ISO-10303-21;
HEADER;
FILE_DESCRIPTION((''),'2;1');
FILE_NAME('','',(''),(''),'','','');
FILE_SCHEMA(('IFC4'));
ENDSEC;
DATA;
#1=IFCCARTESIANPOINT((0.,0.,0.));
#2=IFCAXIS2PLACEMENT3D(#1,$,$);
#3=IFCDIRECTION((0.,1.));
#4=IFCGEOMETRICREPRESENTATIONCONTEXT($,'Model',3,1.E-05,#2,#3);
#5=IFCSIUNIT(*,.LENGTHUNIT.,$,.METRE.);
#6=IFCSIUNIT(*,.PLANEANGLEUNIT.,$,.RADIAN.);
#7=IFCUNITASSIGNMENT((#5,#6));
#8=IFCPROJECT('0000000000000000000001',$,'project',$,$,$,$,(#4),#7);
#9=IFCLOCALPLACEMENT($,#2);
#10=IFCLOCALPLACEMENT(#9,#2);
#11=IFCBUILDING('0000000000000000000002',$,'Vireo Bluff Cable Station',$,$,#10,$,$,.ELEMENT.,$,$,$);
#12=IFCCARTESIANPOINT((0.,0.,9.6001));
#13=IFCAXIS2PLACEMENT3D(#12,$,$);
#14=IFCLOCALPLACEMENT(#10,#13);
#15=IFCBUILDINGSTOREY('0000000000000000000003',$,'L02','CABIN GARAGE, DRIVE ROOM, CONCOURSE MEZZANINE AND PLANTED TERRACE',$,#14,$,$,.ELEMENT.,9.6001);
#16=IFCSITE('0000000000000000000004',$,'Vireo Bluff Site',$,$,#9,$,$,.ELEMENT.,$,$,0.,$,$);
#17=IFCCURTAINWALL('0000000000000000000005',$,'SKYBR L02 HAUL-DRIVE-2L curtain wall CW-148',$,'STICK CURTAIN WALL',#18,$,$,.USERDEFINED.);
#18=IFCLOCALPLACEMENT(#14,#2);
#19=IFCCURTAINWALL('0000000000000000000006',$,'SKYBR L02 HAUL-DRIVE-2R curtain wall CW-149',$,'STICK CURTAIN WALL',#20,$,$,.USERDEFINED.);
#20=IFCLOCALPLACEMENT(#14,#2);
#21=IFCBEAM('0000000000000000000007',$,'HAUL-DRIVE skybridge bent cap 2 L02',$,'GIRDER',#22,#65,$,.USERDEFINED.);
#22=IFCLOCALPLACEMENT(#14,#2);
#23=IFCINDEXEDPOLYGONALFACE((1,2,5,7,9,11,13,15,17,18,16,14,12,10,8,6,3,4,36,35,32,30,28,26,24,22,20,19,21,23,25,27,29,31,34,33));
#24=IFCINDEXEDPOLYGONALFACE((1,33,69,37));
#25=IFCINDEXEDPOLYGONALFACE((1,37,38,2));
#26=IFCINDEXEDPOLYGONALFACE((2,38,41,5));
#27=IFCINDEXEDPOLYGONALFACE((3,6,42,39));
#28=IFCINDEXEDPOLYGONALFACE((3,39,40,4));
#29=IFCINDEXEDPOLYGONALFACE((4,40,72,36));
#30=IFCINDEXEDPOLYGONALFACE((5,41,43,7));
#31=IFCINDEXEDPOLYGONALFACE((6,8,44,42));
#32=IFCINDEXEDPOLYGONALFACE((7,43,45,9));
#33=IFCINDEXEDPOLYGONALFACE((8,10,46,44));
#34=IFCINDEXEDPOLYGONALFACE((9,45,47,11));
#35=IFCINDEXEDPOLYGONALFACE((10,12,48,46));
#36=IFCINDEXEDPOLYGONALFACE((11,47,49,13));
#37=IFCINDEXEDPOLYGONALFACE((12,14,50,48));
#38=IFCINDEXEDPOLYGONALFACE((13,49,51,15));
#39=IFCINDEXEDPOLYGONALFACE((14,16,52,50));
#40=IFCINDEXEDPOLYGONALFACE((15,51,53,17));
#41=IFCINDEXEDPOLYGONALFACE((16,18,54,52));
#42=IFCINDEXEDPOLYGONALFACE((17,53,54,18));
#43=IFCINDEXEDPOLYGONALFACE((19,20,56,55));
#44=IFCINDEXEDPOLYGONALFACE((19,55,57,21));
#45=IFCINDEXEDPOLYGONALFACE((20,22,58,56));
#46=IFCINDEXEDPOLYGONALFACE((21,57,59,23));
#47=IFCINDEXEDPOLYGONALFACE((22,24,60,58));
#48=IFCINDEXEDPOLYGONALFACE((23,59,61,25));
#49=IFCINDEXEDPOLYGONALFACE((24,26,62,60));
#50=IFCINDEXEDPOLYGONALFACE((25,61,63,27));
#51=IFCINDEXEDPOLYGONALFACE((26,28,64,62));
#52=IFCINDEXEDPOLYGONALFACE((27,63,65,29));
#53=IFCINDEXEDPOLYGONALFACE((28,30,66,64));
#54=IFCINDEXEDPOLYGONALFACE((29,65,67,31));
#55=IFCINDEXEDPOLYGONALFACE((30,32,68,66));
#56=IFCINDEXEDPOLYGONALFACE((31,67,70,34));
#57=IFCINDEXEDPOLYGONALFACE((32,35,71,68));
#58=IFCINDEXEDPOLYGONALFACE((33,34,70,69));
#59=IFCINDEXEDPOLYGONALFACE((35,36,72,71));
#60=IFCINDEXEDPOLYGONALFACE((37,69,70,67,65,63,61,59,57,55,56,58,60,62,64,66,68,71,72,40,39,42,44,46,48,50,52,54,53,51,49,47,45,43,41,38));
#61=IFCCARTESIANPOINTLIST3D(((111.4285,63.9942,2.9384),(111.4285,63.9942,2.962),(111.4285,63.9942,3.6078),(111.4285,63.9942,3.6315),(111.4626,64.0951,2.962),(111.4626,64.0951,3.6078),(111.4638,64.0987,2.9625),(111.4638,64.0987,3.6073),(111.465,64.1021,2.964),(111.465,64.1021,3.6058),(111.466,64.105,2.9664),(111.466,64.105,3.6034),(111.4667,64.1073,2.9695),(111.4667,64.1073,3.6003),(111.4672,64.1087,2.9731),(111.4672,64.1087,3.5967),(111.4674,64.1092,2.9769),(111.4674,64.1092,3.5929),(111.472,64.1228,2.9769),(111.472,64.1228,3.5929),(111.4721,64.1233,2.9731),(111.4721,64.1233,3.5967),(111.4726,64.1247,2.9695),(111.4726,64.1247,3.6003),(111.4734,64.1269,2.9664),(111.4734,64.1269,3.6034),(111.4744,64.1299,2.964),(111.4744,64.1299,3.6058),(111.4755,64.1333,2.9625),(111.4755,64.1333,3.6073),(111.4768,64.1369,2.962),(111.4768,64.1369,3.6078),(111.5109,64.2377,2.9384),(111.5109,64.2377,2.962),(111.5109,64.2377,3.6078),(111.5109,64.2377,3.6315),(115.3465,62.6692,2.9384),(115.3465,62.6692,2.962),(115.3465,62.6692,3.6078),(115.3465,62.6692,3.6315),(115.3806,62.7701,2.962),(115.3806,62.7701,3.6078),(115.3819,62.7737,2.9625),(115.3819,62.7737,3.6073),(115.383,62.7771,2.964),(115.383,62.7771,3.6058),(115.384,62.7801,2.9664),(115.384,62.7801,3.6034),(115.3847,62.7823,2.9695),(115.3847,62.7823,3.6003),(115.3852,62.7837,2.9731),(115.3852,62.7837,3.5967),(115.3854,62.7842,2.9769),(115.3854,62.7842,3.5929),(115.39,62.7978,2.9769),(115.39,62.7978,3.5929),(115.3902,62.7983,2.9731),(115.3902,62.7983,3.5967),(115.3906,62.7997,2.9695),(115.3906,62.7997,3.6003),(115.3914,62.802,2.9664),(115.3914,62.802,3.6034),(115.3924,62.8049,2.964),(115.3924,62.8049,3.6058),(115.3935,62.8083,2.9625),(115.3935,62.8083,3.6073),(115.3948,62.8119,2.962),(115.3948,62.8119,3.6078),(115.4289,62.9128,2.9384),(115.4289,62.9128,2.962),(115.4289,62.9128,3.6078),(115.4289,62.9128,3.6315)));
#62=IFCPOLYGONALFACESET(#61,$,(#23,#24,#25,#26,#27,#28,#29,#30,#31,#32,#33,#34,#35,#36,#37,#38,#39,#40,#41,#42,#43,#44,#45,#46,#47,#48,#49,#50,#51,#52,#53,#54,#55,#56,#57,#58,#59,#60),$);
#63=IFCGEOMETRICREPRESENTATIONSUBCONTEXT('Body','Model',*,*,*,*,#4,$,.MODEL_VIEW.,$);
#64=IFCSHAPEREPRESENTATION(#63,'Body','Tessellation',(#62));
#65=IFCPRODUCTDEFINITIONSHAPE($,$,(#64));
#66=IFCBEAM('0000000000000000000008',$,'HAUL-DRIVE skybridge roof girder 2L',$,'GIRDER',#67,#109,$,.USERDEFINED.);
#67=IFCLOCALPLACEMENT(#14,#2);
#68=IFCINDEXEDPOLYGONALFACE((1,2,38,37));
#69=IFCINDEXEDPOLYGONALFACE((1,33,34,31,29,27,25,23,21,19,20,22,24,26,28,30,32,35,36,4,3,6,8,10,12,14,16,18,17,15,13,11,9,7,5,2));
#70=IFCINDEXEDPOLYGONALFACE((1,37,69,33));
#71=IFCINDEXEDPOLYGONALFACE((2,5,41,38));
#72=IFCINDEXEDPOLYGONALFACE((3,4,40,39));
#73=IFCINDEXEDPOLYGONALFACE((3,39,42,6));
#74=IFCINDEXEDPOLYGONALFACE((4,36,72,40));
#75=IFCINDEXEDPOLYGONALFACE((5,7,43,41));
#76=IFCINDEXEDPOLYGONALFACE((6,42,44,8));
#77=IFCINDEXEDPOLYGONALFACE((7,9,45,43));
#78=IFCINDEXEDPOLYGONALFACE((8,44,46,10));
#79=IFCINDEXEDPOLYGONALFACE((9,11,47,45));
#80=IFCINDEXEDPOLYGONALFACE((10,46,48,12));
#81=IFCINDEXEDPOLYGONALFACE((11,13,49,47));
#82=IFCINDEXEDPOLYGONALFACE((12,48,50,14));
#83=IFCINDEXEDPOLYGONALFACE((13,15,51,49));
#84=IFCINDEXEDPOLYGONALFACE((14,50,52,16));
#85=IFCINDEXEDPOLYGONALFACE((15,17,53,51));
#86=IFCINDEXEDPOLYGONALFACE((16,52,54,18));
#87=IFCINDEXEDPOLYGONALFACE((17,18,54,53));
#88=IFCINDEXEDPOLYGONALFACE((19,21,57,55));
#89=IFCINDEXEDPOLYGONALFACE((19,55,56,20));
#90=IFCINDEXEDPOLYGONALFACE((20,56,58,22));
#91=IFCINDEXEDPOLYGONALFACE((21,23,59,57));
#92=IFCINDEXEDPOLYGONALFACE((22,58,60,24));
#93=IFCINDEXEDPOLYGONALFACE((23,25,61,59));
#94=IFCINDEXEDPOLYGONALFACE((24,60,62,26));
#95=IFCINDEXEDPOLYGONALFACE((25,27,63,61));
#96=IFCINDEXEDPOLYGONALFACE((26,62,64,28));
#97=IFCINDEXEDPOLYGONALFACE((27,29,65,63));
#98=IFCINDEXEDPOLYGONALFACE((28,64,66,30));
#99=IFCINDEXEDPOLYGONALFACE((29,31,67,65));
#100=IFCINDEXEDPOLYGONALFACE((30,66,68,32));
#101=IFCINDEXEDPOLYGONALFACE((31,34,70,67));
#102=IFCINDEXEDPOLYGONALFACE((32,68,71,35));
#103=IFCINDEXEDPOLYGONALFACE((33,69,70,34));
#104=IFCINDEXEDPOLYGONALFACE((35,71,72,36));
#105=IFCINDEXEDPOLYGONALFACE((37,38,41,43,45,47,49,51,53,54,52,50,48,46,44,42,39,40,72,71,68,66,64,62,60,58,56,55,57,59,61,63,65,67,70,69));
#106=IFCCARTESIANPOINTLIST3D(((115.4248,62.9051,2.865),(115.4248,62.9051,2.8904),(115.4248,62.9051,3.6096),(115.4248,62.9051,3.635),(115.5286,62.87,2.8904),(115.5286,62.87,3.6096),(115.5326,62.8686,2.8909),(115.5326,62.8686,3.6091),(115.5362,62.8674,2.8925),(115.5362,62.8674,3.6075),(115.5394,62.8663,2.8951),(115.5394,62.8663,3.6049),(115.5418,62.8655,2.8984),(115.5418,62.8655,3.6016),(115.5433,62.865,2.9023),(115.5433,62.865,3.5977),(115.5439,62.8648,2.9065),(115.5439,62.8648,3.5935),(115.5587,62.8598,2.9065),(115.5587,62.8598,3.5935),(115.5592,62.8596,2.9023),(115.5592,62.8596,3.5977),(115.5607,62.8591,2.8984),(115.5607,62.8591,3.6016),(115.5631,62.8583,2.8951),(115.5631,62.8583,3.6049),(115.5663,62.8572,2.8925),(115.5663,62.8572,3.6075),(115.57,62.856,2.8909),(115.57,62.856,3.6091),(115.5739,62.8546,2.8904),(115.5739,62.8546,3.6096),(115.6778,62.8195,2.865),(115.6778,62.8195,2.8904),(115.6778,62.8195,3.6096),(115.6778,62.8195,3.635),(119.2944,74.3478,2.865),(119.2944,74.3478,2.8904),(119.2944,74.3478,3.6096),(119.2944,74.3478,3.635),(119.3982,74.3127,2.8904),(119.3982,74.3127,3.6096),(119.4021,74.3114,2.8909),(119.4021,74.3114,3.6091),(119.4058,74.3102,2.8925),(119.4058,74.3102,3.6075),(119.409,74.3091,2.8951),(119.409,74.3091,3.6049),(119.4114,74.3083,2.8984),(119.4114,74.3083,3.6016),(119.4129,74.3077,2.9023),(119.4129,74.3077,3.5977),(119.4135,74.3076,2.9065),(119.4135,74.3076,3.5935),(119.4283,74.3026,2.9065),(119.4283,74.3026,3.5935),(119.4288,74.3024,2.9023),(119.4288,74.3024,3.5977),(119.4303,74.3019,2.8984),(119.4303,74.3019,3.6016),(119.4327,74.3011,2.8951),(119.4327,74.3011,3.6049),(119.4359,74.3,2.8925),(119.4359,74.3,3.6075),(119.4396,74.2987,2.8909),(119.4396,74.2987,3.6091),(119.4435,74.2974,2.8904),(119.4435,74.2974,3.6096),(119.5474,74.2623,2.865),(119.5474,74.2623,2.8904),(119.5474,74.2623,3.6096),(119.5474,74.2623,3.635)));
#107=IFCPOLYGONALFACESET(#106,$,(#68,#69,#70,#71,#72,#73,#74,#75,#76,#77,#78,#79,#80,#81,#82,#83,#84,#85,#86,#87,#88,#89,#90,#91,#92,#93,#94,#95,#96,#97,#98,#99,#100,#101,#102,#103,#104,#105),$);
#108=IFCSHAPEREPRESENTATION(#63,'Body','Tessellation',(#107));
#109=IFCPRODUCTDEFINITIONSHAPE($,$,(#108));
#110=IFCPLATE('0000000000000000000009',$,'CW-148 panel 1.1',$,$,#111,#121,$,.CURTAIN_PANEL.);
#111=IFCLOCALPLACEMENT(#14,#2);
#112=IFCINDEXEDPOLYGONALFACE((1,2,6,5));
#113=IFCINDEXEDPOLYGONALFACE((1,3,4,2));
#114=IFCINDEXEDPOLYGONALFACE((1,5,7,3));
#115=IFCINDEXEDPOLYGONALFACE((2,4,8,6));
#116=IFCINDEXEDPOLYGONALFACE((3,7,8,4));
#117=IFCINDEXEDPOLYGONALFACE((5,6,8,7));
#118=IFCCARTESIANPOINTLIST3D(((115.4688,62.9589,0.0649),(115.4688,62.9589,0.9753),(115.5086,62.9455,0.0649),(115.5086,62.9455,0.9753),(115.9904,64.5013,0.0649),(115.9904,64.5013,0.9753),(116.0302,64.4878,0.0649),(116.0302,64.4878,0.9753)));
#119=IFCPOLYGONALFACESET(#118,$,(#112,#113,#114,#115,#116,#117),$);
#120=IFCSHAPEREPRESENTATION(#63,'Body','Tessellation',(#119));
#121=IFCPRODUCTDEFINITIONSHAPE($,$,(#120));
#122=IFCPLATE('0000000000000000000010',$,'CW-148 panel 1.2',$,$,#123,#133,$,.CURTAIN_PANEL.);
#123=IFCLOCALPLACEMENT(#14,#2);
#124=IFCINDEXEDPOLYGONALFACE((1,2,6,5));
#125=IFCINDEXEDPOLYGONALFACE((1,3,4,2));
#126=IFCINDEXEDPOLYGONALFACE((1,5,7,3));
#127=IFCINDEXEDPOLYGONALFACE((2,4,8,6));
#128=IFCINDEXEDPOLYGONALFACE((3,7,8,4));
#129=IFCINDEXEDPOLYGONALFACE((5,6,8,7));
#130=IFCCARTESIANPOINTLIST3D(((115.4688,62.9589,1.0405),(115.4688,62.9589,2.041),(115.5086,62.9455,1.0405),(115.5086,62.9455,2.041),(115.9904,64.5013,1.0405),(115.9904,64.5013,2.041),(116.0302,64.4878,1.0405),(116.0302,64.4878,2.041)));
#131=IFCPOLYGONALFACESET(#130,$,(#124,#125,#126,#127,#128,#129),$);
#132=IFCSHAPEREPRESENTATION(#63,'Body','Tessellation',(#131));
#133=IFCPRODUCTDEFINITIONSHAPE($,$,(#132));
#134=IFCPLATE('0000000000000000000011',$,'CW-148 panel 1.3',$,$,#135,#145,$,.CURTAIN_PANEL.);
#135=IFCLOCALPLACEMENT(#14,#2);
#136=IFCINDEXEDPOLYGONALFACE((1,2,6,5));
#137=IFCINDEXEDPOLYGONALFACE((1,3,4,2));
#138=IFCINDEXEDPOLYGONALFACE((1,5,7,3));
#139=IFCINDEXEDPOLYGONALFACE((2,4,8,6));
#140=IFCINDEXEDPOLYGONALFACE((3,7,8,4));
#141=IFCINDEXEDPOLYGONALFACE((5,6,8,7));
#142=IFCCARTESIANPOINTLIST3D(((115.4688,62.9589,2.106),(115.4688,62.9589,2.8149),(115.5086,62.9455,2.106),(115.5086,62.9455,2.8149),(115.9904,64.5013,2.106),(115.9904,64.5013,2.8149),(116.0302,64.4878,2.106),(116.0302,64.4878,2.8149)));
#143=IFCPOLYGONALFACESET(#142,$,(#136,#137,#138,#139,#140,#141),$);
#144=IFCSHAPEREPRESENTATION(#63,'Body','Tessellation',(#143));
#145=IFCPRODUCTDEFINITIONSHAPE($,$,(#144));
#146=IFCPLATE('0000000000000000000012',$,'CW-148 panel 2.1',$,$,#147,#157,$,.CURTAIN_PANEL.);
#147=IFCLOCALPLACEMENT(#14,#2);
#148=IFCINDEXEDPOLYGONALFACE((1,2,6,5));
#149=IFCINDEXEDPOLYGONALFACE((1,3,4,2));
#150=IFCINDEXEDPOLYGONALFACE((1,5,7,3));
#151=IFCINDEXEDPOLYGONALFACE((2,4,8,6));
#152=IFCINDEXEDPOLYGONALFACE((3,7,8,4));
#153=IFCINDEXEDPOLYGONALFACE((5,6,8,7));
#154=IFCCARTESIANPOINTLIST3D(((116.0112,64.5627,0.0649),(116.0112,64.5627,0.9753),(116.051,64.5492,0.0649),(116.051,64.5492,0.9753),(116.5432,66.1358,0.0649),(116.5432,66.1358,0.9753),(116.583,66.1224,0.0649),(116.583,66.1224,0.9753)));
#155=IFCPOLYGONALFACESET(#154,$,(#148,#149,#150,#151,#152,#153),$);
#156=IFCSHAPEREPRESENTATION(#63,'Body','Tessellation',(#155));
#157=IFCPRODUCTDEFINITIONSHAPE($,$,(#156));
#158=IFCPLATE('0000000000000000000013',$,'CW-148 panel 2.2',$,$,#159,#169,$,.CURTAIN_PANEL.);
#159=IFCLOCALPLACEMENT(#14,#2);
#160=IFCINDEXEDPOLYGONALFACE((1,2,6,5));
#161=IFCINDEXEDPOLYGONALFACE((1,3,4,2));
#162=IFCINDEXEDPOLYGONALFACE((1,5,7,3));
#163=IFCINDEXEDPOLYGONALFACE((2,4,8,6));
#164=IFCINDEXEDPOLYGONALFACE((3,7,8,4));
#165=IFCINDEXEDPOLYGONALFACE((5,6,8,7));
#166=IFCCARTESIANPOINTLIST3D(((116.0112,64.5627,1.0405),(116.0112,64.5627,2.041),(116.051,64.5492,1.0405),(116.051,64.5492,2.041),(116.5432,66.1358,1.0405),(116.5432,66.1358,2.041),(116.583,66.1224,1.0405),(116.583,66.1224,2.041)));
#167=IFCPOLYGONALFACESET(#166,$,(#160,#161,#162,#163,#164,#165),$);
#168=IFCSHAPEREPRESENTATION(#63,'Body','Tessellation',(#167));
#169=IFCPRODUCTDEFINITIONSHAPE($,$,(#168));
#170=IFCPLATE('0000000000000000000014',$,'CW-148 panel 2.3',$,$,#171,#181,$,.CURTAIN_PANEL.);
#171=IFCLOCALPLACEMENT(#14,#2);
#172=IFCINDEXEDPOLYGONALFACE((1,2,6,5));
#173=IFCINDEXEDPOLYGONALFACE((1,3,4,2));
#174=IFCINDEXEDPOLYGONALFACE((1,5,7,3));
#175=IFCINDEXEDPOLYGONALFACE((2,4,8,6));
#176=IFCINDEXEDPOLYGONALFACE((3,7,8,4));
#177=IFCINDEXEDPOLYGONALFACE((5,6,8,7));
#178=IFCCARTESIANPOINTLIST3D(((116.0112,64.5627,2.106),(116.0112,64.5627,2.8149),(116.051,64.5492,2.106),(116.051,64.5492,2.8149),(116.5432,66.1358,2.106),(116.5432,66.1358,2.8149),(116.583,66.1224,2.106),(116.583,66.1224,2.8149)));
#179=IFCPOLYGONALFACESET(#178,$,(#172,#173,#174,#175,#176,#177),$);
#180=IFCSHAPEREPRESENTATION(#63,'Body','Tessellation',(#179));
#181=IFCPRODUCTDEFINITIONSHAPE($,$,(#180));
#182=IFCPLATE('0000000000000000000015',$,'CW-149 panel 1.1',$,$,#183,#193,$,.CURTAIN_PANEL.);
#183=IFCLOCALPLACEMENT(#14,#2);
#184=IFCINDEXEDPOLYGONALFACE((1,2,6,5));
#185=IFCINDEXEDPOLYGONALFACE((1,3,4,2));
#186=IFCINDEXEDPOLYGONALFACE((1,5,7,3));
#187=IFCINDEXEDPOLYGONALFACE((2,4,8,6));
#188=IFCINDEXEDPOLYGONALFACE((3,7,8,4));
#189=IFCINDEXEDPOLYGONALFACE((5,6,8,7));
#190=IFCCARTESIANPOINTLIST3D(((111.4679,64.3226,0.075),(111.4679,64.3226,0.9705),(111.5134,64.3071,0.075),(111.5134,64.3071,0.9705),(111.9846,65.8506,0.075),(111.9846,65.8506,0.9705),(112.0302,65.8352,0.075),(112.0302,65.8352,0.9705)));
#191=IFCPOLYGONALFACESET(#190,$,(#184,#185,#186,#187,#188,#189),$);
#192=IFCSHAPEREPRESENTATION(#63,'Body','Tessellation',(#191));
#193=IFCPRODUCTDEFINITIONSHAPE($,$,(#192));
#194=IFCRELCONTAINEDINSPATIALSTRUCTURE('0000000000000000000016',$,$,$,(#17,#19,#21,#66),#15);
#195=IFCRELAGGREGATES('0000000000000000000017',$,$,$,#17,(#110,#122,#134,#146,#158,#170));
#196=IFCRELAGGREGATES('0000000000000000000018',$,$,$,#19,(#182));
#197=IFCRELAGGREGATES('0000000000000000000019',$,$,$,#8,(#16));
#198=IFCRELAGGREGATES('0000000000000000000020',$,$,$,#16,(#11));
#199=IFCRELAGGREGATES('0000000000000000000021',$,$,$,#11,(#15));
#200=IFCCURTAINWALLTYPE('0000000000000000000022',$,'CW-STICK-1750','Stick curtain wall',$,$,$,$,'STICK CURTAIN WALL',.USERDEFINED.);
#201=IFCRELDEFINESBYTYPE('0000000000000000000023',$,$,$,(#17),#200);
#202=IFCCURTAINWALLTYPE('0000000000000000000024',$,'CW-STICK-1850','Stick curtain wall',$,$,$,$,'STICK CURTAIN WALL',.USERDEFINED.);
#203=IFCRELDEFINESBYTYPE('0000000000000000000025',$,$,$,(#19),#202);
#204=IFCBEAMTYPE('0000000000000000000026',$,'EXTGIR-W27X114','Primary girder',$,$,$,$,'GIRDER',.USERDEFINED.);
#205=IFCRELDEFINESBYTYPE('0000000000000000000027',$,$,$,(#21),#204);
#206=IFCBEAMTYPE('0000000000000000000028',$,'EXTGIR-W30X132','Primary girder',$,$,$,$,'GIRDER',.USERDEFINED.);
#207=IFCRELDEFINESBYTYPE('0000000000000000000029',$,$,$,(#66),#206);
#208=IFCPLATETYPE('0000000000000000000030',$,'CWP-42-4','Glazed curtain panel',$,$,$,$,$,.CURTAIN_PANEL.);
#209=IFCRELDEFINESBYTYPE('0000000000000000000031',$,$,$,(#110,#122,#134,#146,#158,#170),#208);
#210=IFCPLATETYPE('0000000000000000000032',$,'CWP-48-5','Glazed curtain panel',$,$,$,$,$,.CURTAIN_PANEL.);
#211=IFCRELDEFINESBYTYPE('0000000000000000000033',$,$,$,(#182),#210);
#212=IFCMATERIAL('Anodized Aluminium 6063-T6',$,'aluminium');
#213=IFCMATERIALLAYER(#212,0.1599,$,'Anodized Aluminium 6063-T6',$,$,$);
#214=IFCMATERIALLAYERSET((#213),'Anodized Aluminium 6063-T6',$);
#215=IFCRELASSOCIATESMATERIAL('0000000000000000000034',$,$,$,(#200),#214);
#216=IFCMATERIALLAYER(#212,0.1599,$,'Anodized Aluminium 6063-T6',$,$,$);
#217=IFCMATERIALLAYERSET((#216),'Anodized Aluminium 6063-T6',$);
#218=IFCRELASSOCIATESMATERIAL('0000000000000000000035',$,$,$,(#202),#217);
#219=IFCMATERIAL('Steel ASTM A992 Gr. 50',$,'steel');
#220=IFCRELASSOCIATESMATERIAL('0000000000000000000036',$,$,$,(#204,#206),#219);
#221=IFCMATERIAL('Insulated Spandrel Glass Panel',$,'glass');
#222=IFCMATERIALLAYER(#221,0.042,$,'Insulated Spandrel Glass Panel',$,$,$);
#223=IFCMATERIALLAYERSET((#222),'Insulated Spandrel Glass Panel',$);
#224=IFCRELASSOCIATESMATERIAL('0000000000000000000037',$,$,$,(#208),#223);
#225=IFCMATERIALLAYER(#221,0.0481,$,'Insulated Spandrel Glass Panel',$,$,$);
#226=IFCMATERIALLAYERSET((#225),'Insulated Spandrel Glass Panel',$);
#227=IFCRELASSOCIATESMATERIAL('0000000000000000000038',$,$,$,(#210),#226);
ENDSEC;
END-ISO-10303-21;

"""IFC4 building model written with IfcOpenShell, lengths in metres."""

from ifc_helpers import new_model, si_unit, direction, frame, origin, origin_2d, place, context, subcontext, project, spatial, rectangle, i_section, extrude, material, layer, layer_set, material_profile, profile_set, type_object, element, aggregate, save


model = new_model("IFC4")

# Units and contexts
model_context = context("Model", 3, precision=1e-05, world=origin(), true_north=direction((0.0, 1.0)))
body_context = subcontext(model_context, "Body", "Model", "MODEL_VIEW")
ifc_project = project(units=[si_unit("LENGTHUNIT", "METRE"), si_unit("PLANEANGLEUNIT", "RADIAN")], contexts=[model_context])

# Site, building, storey
site_placement = place(None, origin())
site = spatial("IfcSite", under=ifc_project, at=site_placement, Name="Vireo Bluff Site", CompositionType="ELEMENT", RefElevation=0.0)
building_placement = place(site_placement, origin())
building = spatial("IfcBuilding", under=site, at=building_placement, Name="Vireo Bluff Cable Station", CompositionType="ELEMENT")
storey_placement = place(building_placement, frame((0.0, 0.0, 9.6001)))
storey = spatial("IfcBuildingStorey", under=building, at=storey_placement, Name="L02", Description="CABIN GARAGE, DRIVE ROOM, CONCOURSE MEZZANINE AND PLANTED TERRACE", CompositionType="ELEMENT", Elevation=9.6001)

# Curtain wall
ifc_material_1 = material(Name="Anodized Aluminium 6063-T6", Category="aluminium")
ifc_layer_1 = layer(ifc_material_1, 0.1599, Name="Anodized Aluminium 6063-T6")
ifc_layer_set_1 = layer_set([ifc_layer_1], Name="Anodized Aluminium 6063-T6")
curtain_wall_type_1 = type_object("IfcCurtainWallType", Name="CW-STICK-1750", Description="Stick curtain wall", ElementType="STICK CURTAIN WALL", PredefinedType="USERDEFINED", material=ifc_layer_set_1)
curtain_wall_1_placement = place(storey_placement, origin())
curtain_wall_1 = element("IfcCurtainWall", 1, at=curtain_wall_1_placement, inside=storey, type_object=curtain_wall_type_1, Name="SKYBR L02 HAUL-DRIVE-2L curtain wall CW-148", ObjectType="STICK CURTAIN WALL", PredefinedType="USERDEFINED")

# Curtain wall
ifc_layer_2 = layer(ifc_material_1, 0.1599, Name="Anodized Aluminium 6063-T6")
ifc_layer_set_2 = layer_set([ifc_layer_2], Name="Anodized Aluminium 6063-T6")
curtain_wall_type_2 = type_object("IfcCurtainWallType", Name="CW-STICK-1850", Description="Stick curtain wall", ElementType="STICK CURTAIN WALL", PredefinedType="USERDEFINED", material=ifc_layer_set_2)
curtain_wall_2_placement = place(storey_placement, origin())
curtain_wall_2 = element("IfcCurtainWall", 2, at=curtain_wall_2_placement, inside=storey, type_object=curtain_wall_type_2, Name="SKYBR L02 HAUL-DRIVE-2R curtain wall CW-149", ObjectType="STICK CURTAIN WALL", PredefinedType="USERDEFINED")

# Beams
ifc_material_2 = material(Name="Steel ASTM A992 Gr. 50", Category="steel")
ifc_material_profile_1 = material_profile(ifc_material_2, i_section(OverallWidth=0.2571, OverallDepth=0.6931, WebThickness=0.0144, FlangeThickness=0.0237, FilletRadius=0.0149, at=origin_2d()), Name="W27X114")
ifc_profile_set_1 = profile_set([ifc_material_profile_1], Name="Steel ASTM A992 Gr. 50")
beam_type_1 = type_object("IfcBeamType", Name="EXTGIR-W27X114", Description="Primary girder", ElementType="GIRDER", PredefinedType="USERDEFINED", material=ifc_profile_set_1)
beam_1_placement = place(storey_placement, frame((115.3877, 62.791, 3.2849), z_axis=(-0.947299, 0.320351, 0.0), x_axis=(-0.320351, -0.947299, 0.0)))
element("IfcBeam", 3, at=beam_1_placement, inside=storey, type_object=beam_type_1, Name="HAUL-DRIVE skybridge bent cap 2 L02", ObjectType="GIRDER", PredefinedType="USERDEFINED", context=body_context, shape_type="SweptSolid", body=[
    extrude(i_section(OverallWidth=0.2571, OverallDepth=0.6931, WebThickness=0.0144, FlangeThickness=0.0237, FilletRadius=0.0149, at=origin_2d()), origin(), (0.0, 0.0, 1.0), 4.136),
])
ifc_material_profile_2 = material_profile(ifc_material_2, i_section(OverallWidth=0.2671, OverallDepth=0.77, WebThickness=0.0156, FlangeThickness=0.0254, FilletRadius=0.0161, at=origin_2d()), Name="W30X132")
ifc_profile_set_2 = profile_set([ifc_material_profile_2], Name="Steel ASTM A992 Gr. 50")
beam_type_2 = type_object("IfcBeamType", Name="EXTGIR-W30X132", Description="Primary girder", ElementType="GIRDER", PredefinedType="USERDEFINED", material=ifc_profile_set_2)
beam_2_placement = place(storey_placement, frame((115.5513, 62.8623, 3.25), z_axis=(0.320348, 0.9473, 0.0), x_axis=(-0.9473, 0.320348, 0.0)))
element("IfcBeam", 4, at=beam_2_placement, inside=storey, type_object=beam_type_2, Name="HAUL-DRIVE skybridge roof girder 2L", ObjectType="GIRDER", PredefinedType="USERDEFINED", context=body_context, shape_type="SweptSolid", body=[
    extrude(i_section(OverallWidth=0.2671, OverallDepth=0.77, WebThickness=0.0156, FlangeThickness=0.0254, FilletRadius=0.0161, at=origin_2d()), origin(), (0.0, 0.0, 1.0), 12.0793),
])

# Plates
ifc_material_3 = material(Name="Insulated Spandrel Glass Panel", Category="glass")
ifc_layer_3 = layer(ifc_material_3, 0.042, Name="Insulated Spandrel Glass Panel")
ifc_layer_set_3 = layer_set([ifc_layer_3], Name="Insulated Spandrel Glass Panel")
plate_type_1 = type_object("IfcPlateType", Name="CWP-42-4", Description="Glazed curtain panel", PredefinedType="CURTAIN_PANEL", material=ifc_layer_set_3)
plate_1_placement = place(storey_placement, frame((115.7495, 63.7234, 0.0649), z_axis=(0.0, 0.0, 1.0), x_axis=(0.320362, 0.947295, 0.0)))
plate_1 = element("IfcPlate", 5, at=plate_1_placement, type_object=plate_type_1, Name="CW-148 panel 1.1", PredefinedType="CURTAIN_PANEL", context=body_context, shape_type="SweptSolid", body=[
    extrude(rectangle(XDim=1.6282, YDim=0.042, at=origin_2d()), origin(), (0.0, 0.0, 1.0), 0.9104),
])
plate_2_placement = place(storey_placement, frame((115.7495, 63.7234, 1.0405), z_axis=(0.0, 0.0, 1.0), x_axis=(0.320362, 0.947295, 0.0)))
plate_2 = element("IfcPlate", 6, at=plate_2_placement, type_object=plate_type_1, Name="CW-148 panel 1.2", PredefinedType="CURTAIN_PANEL", context=body_context, shape_type="SweptSolid", body=[
    extrude(rectangle(XDim=1.6282, YDim=0.042, at=origin_2d()), origin(), (0.0, 0.0, 1.0), 1.0005),
])
plate_3_placement = place(storey_placement, frame((115.7495, 63.7234, 2.106), z_axis=(0.0, 0.0, 1.0), x_axis=(0.320362, 0.947295, 0.0)))
plate_3 = element("IfcPlate", 7, at=plate_3_placement, type_object=plate_type_1, Name="CW-148 panel 1.3", PredefinedType="CURTAIN_PANEL", context=body_context, shape_type="SweptSolid", body=[
    extrude(rectangle(XDim=1.6282, YDim=0.042, at=origin_2d()), origin(), (0.0, 0.0, 1.0), 0.709),
])
plate_4_placement = place(storey_placement, frame((116.2971, 65.3425, 0.0649), z_axis=(0.0, 0.0, 1.0), x_axis=(0.320362, 0.947295, 0.0)))
plate_4 = element("IfcPlate", 8, at=plate_4_placement, type_object=plate_type_1, Name="CW-148 panel 2.1", PredefinedType="CURTAIN_PANEL", context=body_context, shape_type="SweptSolid", body=[
    extrude(rectangle(XDim=1.6606, YDim=0.042, at=origin_2d()), origin(), (0.0, 0.0, 1.0), 0.9104),
])
plate_5_placement = place(storey_placement, frame((116.2971, 65.3425, 1.0405), z_axis=(0.0, 0.0, 1.0), x_axis=(0.320362, 0.947295, 0.0)))
plate_5 = element("IfcPlate", 9, at=plate_5_placement, type_object=plate_type_1, Name="CW-148 panel 2.2", PredefinedType="CURTAIN_PANEL", context=body_context, shape_type="SweptSolid", body=[
    extrude(rectangle(XDim=1.6606, YDim=0.042, at=origin_2d()), origin(), (0.0, 0.0, 1.0), 1.0005),
])
plate_6_placement = place(storey_placement, frame((116.2971, 65.3425, 2.106), z_axis=(0.0, 0.0, 1.0), x_axis=(0.320362, 0.947295, 0.0)))
plate_6 = element("IfcPlate", 10, at=plate_6_placement, type_object=plate_type_1, Name="CW-148 panel 2.3", PredefinedType="CURTAIN_PANEL", context=body_context, shape_type="SweptSolid", body=[
    extrude(rectangle(XDim=1.6606, YDim=0.042, at=origin_2d()), origin(), (0.0, 0.0, 1.0), 0.709),
])
aggregate(curtain_wall_1, [plate_1, plate_2, plate_3, plate_4, plate_5, plate_6])
ifc_layer_4 = layer(ifc_material_3, 0.0481, Name="Insulated Spandrel Glass Panel")
ifc_layer_set_4 = layer_set([ifc_layer_4], Name="Insulated Spandrel Glass Panel")
plate_type_2 = type_object("IfcPlateType", Name="CWP-48-5", Description="Glazed curtain panel", PredefinedType="CURTAIN_PANEL", material=ifc_layer_set_4)
plate_7_placement = place(storey_placement, frame((111.749, 65.0789, 0.075), z_axis=(0.0, 0.0, 1.0), x_axis=(0.320362, 0.947295, 0.0)))
plate_7 = element("IfcPlate", 11, at=plate_7_placement, type_object=plate_type_2, Name="CW-149 panel 1.1", PredefinedType="CURTAIN_PANEL", context=body_context, shape_type="SweptSolid", body=[
    extrude(rectangle(XDim=1.613, YDim=0.0481, at=origin_2d()), origin(), (0.0, 0.0, 1.0), 0.8955),
])
aggregate(curtain_wall_2, [plate_7])

save(model, "model.ifc")
